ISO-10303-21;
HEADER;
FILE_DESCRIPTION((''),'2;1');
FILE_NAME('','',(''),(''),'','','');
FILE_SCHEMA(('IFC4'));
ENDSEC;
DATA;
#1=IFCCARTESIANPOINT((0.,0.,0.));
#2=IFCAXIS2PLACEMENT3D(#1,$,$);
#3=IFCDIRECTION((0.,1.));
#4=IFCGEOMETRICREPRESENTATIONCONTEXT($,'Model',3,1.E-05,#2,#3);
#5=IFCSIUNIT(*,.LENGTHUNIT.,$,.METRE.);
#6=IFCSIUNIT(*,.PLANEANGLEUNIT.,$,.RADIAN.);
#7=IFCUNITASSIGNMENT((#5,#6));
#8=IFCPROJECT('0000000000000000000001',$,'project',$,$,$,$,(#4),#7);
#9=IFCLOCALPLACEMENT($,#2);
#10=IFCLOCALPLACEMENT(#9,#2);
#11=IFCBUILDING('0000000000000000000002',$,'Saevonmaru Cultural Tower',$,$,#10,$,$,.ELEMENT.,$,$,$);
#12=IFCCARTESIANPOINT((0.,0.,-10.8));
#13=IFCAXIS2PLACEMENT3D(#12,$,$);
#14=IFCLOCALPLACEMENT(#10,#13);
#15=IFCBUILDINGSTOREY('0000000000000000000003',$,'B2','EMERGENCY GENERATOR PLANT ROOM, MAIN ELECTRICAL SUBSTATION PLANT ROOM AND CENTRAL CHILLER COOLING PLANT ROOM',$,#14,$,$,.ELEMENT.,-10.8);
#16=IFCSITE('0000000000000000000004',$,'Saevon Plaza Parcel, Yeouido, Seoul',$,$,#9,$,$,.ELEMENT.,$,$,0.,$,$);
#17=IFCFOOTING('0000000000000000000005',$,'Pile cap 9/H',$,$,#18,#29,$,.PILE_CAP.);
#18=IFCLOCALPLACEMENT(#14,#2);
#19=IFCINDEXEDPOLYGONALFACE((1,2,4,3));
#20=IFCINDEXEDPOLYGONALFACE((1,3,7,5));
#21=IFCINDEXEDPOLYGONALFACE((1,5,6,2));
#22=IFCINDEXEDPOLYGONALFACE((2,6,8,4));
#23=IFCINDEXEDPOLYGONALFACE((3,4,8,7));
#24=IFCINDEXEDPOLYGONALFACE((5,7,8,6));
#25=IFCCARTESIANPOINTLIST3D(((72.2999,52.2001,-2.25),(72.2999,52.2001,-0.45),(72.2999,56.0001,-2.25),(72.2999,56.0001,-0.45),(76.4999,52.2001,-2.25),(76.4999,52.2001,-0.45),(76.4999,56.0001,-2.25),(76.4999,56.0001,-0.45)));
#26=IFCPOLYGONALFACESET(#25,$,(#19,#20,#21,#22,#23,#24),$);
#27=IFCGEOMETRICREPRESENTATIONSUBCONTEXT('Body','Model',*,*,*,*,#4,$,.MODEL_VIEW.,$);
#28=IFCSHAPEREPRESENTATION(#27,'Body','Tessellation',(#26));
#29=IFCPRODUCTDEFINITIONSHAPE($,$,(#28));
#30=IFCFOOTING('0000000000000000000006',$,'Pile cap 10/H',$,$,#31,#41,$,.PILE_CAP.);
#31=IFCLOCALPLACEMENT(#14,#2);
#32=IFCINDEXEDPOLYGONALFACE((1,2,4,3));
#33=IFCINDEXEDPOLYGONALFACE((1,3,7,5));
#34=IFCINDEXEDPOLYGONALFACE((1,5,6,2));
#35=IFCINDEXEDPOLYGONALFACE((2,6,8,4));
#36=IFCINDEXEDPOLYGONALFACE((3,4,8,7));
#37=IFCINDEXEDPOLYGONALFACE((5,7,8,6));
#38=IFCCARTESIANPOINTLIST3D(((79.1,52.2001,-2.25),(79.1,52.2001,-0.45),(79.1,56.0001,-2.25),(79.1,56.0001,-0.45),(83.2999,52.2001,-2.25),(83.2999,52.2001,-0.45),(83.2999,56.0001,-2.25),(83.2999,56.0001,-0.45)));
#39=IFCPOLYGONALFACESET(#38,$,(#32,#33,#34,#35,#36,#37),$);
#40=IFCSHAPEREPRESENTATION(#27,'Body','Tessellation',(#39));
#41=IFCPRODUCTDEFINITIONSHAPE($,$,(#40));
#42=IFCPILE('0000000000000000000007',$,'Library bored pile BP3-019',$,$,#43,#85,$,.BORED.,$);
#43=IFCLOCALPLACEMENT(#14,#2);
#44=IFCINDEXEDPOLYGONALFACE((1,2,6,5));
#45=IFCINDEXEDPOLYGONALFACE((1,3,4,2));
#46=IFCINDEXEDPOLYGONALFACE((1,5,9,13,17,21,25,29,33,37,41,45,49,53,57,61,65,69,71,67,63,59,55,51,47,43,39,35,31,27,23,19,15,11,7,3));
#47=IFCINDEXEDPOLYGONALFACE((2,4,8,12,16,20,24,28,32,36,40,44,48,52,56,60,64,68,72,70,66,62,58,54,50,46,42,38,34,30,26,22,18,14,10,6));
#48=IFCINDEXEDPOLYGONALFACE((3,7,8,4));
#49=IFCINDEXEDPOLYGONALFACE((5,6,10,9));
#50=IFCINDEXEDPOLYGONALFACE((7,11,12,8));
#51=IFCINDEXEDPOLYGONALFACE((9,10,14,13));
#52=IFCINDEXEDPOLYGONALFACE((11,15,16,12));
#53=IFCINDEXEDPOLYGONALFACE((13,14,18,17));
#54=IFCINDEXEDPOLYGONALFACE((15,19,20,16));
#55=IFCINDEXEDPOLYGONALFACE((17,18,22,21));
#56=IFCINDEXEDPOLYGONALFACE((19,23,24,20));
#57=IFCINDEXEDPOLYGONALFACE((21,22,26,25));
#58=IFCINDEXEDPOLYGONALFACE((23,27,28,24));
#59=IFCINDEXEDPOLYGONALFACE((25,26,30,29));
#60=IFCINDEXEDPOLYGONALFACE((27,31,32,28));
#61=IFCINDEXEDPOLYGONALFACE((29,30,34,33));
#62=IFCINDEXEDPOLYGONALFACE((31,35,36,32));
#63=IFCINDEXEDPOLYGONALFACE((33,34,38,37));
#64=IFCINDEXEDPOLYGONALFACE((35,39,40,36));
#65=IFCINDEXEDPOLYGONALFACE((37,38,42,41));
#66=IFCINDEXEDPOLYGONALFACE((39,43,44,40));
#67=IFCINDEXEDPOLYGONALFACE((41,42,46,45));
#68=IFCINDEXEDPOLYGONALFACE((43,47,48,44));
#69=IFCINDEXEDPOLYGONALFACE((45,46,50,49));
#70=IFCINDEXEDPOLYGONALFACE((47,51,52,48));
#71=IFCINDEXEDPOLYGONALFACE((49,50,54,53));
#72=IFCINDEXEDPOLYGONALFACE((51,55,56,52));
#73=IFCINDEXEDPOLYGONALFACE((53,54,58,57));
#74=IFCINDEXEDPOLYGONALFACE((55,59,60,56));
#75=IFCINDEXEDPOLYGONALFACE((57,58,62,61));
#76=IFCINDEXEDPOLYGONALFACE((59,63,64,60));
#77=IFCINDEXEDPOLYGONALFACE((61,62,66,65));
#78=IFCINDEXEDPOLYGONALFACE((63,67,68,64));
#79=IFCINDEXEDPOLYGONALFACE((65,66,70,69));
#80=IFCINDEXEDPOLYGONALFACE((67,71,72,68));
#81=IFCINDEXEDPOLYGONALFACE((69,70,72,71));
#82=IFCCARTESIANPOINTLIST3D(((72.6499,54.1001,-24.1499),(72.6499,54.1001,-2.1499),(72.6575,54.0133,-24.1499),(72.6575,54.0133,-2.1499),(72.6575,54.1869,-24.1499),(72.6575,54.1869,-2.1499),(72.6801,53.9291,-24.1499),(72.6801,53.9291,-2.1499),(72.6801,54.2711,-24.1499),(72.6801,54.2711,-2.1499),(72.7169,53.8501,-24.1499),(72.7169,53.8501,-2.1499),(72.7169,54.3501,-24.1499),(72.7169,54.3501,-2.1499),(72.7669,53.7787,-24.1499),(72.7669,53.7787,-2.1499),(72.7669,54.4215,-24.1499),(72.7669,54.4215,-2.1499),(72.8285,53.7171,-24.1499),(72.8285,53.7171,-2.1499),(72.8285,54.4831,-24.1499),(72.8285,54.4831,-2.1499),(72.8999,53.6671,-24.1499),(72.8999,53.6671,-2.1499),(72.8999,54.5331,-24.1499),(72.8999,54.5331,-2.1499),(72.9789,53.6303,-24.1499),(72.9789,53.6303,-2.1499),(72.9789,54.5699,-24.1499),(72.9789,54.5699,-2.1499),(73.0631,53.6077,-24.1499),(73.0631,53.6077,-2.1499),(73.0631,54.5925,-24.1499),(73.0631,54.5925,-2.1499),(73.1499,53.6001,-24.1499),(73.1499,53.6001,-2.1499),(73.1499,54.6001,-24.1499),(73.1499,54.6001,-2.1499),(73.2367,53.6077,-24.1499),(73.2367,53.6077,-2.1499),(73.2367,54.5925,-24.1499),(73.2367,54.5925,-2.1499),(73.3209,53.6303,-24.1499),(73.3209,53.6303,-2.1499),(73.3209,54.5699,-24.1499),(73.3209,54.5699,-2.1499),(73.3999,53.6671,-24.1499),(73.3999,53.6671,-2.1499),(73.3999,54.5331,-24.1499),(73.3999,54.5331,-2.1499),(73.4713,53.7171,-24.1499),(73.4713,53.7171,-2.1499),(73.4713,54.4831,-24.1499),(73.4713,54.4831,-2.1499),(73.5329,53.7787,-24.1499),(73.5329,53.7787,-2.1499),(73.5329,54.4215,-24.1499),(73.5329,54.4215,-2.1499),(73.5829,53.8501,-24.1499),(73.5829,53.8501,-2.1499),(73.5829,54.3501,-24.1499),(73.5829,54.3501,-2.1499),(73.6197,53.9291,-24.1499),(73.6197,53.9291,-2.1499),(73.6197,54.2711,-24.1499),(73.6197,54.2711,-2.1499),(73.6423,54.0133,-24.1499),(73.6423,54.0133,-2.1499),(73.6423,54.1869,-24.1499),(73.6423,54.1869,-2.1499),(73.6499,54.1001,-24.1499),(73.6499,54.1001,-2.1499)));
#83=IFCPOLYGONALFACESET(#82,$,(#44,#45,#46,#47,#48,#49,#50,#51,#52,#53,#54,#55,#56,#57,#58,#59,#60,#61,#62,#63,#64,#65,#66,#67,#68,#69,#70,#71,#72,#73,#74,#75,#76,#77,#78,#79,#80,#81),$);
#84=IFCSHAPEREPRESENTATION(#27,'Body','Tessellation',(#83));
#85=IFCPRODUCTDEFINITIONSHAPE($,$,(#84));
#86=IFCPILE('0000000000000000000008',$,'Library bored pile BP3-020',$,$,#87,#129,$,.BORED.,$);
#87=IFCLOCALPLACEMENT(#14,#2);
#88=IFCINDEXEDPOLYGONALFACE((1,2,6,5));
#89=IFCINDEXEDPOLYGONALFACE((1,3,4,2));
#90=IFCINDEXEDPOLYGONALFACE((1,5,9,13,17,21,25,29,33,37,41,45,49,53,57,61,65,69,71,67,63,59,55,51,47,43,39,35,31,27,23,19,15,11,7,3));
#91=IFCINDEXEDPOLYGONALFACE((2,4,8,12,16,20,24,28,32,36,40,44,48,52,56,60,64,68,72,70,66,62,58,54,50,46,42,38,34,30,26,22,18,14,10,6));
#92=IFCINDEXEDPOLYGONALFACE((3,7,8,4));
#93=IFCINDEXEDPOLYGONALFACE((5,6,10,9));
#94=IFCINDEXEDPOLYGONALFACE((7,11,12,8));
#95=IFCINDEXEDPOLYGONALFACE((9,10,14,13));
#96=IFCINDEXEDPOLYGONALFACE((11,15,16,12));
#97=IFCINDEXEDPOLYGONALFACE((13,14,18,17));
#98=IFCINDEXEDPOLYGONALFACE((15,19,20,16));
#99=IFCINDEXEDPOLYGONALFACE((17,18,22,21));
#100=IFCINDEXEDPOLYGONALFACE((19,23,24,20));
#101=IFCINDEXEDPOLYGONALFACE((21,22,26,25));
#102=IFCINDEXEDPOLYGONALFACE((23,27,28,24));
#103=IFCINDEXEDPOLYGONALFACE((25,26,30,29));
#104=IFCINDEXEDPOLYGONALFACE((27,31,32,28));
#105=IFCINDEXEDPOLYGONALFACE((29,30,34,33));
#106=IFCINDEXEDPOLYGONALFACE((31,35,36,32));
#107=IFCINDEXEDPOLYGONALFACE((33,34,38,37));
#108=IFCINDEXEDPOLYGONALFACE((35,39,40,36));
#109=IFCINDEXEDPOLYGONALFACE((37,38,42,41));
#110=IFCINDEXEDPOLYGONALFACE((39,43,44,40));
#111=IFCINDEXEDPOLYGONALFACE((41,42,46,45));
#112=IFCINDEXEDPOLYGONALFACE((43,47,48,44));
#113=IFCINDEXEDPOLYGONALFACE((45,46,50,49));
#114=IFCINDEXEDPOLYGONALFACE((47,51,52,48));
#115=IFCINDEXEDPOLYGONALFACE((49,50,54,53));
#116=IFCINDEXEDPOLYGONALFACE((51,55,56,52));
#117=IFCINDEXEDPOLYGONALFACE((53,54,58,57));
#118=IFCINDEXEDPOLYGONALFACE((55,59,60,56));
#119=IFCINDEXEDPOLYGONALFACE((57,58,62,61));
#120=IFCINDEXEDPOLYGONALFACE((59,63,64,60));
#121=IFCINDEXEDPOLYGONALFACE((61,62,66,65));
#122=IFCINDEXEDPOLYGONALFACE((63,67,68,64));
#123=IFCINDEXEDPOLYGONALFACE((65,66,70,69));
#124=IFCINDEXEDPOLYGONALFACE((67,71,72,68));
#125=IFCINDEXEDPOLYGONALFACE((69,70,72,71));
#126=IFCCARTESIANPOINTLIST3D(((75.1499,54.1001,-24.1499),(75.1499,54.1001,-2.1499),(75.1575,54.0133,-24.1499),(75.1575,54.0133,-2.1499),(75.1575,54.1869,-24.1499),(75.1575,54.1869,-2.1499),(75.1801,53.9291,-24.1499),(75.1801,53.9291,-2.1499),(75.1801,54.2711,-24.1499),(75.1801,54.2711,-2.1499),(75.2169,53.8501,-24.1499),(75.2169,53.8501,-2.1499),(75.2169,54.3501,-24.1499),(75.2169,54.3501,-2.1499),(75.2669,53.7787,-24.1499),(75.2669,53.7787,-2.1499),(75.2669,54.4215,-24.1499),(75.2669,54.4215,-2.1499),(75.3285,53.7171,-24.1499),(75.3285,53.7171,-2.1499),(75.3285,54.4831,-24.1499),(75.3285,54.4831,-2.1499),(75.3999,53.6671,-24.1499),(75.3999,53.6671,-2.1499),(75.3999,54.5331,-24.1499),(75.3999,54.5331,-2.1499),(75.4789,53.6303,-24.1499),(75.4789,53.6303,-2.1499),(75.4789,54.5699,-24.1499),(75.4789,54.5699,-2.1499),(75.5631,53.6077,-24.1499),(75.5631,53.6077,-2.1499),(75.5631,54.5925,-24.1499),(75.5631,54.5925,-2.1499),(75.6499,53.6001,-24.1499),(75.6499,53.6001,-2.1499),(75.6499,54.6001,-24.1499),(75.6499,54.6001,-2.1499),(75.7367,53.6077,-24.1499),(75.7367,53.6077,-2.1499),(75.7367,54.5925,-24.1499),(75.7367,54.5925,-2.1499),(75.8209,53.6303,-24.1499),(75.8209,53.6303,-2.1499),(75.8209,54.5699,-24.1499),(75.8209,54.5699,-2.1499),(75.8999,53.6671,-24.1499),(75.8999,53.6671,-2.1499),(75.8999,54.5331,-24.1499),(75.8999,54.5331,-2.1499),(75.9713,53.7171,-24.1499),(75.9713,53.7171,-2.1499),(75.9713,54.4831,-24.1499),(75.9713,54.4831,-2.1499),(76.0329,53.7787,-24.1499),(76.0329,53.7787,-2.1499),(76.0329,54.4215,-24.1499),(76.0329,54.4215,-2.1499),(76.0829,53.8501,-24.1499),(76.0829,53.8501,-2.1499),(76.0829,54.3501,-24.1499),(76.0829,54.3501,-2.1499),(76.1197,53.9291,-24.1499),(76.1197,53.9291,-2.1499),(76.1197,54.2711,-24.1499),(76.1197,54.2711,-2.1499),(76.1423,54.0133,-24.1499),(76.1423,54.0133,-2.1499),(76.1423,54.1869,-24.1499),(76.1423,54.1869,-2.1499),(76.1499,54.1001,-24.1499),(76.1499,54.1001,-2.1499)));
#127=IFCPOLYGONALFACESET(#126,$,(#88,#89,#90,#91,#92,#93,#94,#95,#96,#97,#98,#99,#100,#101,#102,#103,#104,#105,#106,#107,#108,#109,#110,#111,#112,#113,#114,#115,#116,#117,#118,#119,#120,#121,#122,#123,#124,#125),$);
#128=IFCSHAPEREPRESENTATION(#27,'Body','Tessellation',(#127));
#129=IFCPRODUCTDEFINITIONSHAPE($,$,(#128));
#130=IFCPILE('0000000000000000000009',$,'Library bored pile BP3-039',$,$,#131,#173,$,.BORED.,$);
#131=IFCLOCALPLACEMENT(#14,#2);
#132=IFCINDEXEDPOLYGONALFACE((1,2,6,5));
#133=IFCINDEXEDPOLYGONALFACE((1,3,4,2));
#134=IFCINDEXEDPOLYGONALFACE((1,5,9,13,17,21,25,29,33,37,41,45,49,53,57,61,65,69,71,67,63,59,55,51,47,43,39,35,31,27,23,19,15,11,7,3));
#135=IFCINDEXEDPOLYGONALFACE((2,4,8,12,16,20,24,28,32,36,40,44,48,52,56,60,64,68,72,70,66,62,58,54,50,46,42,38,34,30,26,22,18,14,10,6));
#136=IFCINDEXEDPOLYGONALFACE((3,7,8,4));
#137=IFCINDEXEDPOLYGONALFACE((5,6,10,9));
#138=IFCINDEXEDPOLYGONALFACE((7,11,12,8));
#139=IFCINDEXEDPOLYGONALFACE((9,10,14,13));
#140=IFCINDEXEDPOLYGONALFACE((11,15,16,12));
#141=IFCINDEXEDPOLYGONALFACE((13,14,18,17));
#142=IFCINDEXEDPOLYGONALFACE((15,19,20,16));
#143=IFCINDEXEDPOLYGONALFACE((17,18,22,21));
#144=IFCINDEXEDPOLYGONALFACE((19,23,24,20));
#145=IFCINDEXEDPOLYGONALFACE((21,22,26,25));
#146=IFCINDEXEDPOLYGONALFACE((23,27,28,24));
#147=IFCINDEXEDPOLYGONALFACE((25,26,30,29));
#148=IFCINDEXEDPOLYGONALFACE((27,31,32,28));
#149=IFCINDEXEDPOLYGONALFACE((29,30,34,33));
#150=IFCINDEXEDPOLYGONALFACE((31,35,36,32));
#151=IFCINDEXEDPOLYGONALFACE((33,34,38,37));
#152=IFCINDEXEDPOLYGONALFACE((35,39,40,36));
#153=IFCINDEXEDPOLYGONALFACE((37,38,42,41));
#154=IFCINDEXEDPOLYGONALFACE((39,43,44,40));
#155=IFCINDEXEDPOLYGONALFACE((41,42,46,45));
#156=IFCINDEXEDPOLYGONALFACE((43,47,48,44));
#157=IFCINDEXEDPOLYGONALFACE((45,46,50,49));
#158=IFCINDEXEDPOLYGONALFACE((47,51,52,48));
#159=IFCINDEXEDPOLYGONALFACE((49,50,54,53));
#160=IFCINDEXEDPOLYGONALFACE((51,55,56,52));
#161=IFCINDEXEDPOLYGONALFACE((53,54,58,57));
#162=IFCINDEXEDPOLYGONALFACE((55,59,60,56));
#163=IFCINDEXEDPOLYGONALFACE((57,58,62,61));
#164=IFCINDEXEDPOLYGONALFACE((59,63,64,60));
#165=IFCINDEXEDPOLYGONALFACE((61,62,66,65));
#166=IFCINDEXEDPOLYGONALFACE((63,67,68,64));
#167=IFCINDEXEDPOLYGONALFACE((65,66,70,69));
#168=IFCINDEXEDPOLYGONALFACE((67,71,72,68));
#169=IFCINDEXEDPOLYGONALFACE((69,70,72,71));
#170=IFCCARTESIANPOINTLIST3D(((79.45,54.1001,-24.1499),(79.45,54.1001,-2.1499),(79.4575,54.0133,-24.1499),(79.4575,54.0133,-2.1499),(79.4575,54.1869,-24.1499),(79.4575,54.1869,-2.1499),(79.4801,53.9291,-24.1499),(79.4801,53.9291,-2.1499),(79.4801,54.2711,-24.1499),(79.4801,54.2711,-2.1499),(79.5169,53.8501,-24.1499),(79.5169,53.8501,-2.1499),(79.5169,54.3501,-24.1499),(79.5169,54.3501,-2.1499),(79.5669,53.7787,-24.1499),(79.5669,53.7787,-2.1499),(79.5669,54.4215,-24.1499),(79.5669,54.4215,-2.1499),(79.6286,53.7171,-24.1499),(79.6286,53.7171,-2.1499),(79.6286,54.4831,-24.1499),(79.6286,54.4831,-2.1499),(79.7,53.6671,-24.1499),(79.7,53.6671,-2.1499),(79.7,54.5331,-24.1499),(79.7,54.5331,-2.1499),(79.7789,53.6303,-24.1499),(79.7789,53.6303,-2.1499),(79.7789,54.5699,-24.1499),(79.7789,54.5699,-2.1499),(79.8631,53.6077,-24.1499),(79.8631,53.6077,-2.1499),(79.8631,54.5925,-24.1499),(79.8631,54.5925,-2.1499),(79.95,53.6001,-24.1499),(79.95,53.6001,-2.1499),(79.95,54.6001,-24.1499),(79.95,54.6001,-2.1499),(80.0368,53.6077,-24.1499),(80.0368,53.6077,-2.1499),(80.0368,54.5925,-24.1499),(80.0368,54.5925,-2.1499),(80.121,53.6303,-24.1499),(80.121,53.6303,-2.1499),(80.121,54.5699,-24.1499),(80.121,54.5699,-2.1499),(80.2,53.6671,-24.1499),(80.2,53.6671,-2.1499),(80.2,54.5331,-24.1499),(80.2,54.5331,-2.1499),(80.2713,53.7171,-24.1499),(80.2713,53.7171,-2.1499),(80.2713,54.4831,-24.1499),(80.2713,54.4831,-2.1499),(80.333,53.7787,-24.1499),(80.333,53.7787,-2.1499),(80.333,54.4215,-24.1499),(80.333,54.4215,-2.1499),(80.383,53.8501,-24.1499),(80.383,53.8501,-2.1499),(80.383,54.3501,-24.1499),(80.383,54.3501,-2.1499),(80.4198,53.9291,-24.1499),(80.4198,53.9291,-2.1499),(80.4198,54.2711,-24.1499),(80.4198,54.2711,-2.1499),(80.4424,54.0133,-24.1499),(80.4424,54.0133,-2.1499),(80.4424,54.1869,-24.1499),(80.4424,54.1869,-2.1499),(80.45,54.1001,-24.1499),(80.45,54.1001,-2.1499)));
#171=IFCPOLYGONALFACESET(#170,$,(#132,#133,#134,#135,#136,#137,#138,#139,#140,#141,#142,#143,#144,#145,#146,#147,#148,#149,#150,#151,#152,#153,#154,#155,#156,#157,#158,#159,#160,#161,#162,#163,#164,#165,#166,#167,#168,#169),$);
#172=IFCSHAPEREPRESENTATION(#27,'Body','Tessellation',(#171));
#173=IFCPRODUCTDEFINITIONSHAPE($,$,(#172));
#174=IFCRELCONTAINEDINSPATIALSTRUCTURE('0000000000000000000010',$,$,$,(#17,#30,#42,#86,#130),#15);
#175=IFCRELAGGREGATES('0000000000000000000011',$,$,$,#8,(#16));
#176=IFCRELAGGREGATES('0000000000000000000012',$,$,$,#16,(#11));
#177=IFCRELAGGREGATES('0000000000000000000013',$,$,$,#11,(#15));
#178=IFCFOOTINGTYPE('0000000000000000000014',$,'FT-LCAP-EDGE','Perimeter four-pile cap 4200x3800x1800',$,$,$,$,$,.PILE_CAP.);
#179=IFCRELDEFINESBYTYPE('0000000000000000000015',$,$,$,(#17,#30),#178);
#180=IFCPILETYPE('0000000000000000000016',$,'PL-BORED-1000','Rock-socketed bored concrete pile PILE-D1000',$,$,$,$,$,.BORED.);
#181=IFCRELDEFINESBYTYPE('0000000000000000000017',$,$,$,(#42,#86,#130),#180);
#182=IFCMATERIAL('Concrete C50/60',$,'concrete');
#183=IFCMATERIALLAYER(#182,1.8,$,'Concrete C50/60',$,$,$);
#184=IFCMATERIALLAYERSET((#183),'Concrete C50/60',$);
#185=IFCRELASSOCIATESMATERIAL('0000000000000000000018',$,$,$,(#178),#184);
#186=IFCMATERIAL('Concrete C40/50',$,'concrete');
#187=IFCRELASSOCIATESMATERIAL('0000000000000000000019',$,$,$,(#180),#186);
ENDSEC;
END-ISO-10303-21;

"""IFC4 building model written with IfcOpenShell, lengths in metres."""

from ifc_helpers import new_model, si_unit, direction, frame, origin, origin_2d, place, context, subcontext, project, spatial, rectangle, circle, extrude, material, layer, layer_set, material_profile, profile_set, type_object, element, save


model = new_model("IFC4")

# Units and contexts
model_context = context("Model", 3, precision=1e-05, world=origin(), true_north=direction((0.0, 1.0)))
body_context = subcontext(model_context, "Body", "Model", "MODEL_VIEW")
ifc_project = project(units=[si_unit("LENGTHUNIT", "METRE"), si_unit("PLANEANGLEUNIT", "RADIAN")], contexts=[model_context])

# Site, building, storey
site_placement = place(None, origin())
site = spatial("IfcSite", under=ifc_project, at=site_placement, Name="Saevon Plaza Parcel, Yeouido, Seoul", CompositionType="ELEMENT", RefElevation=0.0)
building_placement = place(site_placement, origin())
building = spatial("IfcBuilding", under=site, at=building_placement, Name="Saevonmaru Cultural Tower", CompositionType="ELEMENT")
storey_placement = place(building_placement, frame((0.0, 0.0, -10.8)))
storey = spatial("IfcBuildingStorey", under=building, at=storey_placement, Name="B2", Description="EMERGENCY GENERATOR PLANT ROOM, MAIN ELECTRICAL SUBSTATION PLANT ROOM AND CENTRAL CHILLER COOLING PLANT ROOM", CompositionType="ELEMENT", Elevation=-10.8)

# Footings
ifc_material_1 = material(Name="Concrete C50/60", Category="concrete")
ifc_layer_1 = layer(ifc_material_1, 1.8, Name="Concrete C50/60")
ifc_layer_set_1 = layer_set([ifc_layer_1], Name="Concrete C50/60")
footing_type = type_object("IfcFootingType", Name="FT-LCAP-EDGE", Description="Perimeter four-pile cap 4200x3800x1800", PredefinedType="PILE_CAP", material=ifc_layer_set_1)
for number, where, z_axis, x_axis, name in (
    (1, (74.3999, 54.1001, -2.25), (0.0, 0.0, 1.0), (1.0, 0.0, 0.0), "Pile cap 9/H"),
    (2, (81.2, 54.1001, -2.25), (0.0, 0.0, 1.0), (1.0, 0.0, 0.0), "Pile cap 10/H"),
):
    element("IfcFooting", number, at=place(storey_placement, frame(where, z_axis=z_axis, x_axis=x_axis)), inside=storey, type_object=footing_type, Name=name, PredefinedType="PILE_CAP", context=body_context, shape_type="SweptSolid", body=[
        extrude(rectangle(XDim=4.2, YDim=3.8, at=origin_2d()), origin(), (0.0, 0.0, 1.0), 1.8),
    ])

# Piles
ifc_material_2 = material(Name="Concrete C40/50", Category="concrete")
ifc_material_profile_1 = material_profile(ifc_material_2, circle(Radius=0.5, at=origin_2d()), Name="PILE-D1000")
ifc_profile_set_1 = profile_set([ifc_material_profile_1], Name="Concrete C40/50")
pile_type_1 = type_object("IfcPileType", Name="PL-BORED-1000", Description="Rock-socketed bored concrete pile PILE-D1000", PredefinedType="BORED", material=ifc_profile_set_1)
for number, where, z_axis, x_axis, name in (
    (3, (73.1499, 54.1001, -2.1499), (0.0, 0.0, -1.0), (1.0, 0.0, 0.0), "Library bored pile BP3-019"),
    (4, (75.6499, 54.1001, -2.1499), (0.0, 0.0, -1.0), (1.0, 0.0, 0.0), "Library bored pile BP3-020"),
    (5, (79.95, 54.1001, -2.1499), (0.0, 0.0, -1.0), (1.0, 0.0, 0.0), "Library bored pile BP3-039"),
):
    element("IfcPile", number, at=place(storey_placement, frame(where, z_axis=z_axis, x_axis=x_axis)), inside=storey, type_object=pile_type_1, Name=name, PredefinedType="BORED", context=body_context, shape_type="SweptSolid", body=[
        extrude(circle(Radius=0.5, at=origin_2d()), origin(), (0.0, 0.0, 1.0), 22.0),
    ])

save(model, "model.ifc")
